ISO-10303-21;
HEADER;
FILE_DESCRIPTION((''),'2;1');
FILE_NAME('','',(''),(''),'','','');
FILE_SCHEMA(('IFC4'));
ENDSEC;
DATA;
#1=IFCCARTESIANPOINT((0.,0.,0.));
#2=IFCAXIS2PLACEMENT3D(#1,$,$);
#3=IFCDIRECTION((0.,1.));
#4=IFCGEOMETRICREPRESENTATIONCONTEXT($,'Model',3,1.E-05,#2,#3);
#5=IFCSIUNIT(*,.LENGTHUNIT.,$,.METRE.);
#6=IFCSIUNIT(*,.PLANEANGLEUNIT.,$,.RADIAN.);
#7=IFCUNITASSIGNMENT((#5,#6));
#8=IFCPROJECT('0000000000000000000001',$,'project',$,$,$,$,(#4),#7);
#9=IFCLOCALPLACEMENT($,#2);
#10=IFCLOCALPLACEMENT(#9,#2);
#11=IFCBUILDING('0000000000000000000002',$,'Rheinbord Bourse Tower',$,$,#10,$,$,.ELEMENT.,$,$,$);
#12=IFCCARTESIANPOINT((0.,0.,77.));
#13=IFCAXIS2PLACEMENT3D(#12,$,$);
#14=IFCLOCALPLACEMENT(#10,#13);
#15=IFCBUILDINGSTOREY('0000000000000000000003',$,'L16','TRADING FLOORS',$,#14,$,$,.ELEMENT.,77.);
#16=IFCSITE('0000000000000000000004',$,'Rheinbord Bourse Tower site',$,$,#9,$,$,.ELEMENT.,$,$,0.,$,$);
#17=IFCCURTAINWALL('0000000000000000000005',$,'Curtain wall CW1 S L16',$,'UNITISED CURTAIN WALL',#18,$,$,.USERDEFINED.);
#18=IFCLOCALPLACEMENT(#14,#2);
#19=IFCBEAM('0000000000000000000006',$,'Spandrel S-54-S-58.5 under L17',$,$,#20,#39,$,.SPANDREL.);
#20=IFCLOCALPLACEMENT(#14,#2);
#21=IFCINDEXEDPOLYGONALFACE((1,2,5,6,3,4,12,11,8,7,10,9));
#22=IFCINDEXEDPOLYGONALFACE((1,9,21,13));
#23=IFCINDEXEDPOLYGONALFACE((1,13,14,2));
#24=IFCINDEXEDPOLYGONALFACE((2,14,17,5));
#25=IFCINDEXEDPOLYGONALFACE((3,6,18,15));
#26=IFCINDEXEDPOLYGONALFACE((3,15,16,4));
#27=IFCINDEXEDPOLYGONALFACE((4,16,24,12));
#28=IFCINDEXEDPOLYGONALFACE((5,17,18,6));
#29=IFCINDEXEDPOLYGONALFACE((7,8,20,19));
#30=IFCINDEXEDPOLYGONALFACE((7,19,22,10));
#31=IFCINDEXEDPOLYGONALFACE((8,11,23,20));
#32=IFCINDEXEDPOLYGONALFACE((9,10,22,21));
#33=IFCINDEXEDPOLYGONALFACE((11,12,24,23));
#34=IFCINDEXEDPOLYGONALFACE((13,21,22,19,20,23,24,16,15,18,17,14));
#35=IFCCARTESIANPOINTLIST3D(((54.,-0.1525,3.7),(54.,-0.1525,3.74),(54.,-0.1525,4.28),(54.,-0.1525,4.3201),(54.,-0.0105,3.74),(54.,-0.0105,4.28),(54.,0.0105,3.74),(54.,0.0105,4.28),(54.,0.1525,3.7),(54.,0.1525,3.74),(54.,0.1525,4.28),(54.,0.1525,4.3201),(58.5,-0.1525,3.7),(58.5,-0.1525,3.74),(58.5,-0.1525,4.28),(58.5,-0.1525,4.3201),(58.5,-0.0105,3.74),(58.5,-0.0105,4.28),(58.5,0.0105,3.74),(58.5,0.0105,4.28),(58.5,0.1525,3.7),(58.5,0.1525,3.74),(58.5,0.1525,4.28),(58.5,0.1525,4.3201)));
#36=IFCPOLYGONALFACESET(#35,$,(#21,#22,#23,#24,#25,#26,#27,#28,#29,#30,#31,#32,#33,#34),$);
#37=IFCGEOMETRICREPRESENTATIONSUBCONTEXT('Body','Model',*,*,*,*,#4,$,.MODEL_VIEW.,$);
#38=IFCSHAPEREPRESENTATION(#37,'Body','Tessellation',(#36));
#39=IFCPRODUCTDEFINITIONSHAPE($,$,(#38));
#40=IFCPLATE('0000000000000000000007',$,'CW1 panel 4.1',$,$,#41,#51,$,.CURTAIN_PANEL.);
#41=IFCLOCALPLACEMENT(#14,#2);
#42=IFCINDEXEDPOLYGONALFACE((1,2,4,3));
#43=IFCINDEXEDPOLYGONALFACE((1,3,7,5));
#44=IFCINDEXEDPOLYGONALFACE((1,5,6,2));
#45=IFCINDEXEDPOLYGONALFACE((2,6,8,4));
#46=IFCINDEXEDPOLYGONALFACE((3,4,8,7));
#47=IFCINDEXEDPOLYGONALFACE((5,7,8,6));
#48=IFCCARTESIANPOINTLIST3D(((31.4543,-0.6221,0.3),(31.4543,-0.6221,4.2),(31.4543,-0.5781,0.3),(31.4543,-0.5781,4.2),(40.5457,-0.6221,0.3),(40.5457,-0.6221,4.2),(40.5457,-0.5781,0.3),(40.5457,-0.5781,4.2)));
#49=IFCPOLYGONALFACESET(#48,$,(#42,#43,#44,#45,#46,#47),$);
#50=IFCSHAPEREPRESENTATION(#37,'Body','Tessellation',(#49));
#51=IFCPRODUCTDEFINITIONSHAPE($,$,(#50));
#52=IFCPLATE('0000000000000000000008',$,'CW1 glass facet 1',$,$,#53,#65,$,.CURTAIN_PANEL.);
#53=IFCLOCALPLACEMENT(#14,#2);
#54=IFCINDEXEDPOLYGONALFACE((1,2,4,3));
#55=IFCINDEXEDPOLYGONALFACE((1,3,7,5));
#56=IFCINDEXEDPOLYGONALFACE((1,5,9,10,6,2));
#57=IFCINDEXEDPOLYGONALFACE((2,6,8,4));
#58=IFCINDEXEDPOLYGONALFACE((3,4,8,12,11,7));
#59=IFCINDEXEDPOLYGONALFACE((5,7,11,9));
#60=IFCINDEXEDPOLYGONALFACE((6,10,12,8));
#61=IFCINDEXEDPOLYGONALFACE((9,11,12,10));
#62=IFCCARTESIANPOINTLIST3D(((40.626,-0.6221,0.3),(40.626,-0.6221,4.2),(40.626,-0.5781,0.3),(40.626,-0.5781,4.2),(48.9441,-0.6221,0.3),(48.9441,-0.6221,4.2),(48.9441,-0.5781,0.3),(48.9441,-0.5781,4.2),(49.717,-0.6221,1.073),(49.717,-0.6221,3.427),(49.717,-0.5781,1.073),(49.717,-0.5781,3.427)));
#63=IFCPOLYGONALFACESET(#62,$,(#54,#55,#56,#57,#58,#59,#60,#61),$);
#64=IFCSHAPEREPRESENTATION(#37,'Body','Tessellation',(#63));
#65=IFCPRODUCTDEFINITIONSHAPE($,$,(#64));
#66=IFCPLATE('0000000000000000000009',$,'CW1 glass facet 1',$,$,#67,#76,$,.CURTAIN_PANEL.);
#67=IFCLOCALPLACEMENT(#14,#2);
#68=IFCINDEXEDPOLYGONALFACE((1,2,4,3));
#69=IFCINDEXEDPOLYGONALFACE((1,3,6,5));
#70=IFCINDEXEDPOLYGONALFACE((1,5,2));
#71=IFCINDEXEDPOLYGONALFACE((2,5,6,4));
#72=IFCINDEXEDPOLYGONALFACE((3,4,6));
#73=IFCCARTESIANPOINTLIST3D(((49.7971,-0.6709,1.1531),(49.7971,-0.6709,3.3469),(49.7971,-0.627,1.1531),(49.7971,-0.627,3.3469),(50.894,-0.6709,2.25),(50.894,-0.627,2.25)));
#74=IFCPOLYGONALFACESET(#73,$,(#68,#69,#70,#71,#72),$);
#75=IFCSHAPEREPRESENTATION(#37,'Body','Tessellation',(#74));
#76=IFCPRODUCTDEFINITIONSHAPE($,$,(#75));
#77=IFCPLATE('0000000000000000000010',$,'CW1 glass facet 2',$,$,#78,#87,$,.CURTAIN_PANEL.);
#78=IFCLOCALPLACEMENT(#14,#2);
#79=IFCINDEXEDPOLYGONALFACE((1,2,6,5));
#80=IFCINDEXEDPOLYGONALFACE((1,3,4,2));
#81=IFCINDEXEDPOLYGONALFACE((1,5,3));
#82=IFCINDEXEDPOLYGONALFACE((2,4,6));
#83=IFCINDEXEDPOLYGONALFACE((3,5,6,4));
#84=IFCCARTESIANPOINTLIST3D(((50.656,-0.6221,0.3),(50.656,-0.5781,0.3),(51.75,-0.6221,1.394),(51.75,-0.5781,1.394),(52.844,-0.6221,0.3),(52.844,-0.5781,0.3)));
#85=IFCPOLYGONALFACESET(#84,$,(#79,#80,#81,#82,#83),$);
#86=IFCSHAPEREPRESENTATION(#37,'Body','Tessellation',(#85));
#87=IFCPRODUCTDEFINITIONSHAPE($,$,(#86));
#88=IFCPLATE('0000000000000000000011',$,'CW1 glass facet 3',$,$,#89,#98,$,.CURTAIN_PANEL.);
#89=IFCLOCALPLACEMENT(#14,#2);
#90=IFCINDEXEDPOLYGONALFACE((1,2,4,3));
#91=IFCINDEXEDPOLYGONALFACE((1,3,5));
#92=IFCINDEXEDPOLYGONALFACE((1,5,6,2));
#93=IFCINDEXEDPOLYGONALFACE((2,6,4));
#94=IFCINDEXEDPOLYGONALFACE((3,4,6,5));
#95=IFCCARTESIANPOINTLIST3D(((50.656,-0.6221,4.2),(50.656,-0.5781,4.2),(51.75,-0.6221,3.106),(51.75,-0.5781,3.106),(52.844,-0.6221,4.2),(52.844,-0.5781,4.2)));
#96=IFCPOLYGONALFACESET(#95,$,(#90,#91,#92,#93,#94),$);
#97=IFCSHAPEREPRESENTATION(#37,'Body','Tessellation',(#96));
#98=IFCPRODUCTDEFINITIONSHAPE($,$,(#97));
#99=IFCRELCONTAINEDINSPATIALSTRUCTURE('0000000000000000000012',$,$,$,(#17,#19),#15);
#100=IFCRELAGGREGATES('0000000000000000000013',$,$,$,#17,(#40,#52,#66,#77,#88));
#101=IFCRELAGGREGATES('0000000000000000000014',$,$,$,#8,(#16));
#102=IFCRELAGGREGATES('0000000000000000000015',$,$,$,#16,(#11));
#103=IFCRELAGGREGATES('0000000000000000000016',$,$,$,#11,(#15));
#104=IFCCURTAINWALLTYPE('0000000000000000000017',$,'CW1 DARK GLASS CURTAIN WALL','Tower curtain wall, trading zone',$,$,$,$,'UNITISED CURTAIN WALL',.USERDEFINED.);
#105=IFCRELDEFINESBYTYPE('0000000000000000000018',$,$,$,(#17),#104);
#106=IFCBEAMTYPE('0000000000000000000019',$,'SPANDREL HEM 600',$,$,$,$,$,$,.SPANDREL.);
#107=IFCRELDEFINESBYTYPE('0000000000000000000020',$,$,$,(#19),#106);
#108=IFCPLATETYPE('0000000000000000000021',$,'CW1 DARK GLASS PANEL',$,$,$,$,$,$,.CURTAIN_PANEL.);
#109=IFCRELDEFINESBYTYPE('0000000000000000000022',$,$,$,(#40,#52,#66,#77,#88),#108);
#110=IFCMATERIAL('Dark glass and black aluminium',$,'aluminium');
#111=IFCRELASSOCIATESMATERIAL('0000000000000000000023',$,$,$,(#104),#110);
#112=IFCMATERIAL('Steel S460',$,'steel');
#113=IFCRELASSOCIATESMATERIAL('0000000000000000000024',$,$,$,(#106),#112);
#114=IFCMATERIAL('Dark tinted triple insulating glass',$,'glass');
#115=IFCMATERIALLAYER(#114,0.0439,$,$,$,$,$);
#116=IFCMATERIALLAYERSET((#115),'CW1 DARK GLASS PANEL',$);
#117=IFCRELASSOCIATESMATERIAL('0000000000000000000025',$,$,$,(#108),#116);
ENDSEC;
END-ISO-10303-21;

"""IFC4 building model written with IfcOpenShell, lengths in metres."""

from ifc_helpers import new_model, si_unit, direction, frame, origin, origin_2d, place, context, subcontext, project, spatial, polyline, rectangle, i_section, outline, extrude, material, layer, layer_set, material_profile, profile_set, type_object, element, aggregate, save


model = new_model("IFC4")

# Units and contexts
model_context = context("Model", 3, precision=1e-05, world=origin(), true_north=direction((0.0, 1.0)))
body_context = subcontext(model_context, "Body", "Model", "MODEL_VIEW")
ifc_project = project(units=[si_unit("LENGTHUNIT", "METRE"), si_unit("PLANEANGLEUNIT", "RADIAN")], contexts=[model_context])

# Site, building, storey
site_placement = place(None, origin())
site = spatial("IfcSite", under=ifc_project, at=site_placement, Name="Rheinbord Bourse Tower site", CompositionType="ELEMENT", RefElevation=0.0)
building_placement = place(site_placement, origin())
building = spatial("IfcBuilding", under=site, at=building_placement, Name="Rheinbord Bourse Tower", CompositionType="ELEMENT")
storey_placement = place(building_placement, frame((0.0, 0.0, 77.0)))
storey = spatial("IfcBuildingStorey", under=building, at=storey_placement, Name="L16", Description="TRADING FLOORS", CompositionType="ELEMENT", Elevation=77.0)

# Curtain wall
ifc_material_1 = material(Name="Dark glass and black aluminium", Category="aluminium")
curtain_wall_type = type_object("IfcCurtainWallType", Name="CW1 DARK GLASS CURTAIN WALL", Description="Tower curtain wall, trading zone", ElementType="UNITISED CURTAIN WALL", PredefinedType="USERDEFINED", material=ifc_material_1)
curtain_wall_placement = place(storey_placement, origin())
curtain_wall = element("IfcCurtainWall", 1, at=curtain_wall_placement, inside=storey, type_object=curtain_wall_type, Name="Curtain wall CW1 S L16", ObjectType="UNITISED CURTAIN WALL", PredefinedType="USERDEFINED")

# Beam
ifc_material_2 = material(Name="Steel S460", Category="steel")
ifc_material_profile_1 = material_profile(ifc_material_2, i_section(OverallWidth=0.3049, OverallDepth=0.6201, WebThickness=0.021, FlangeThickness=0.04, at=origin_2d()), Name="HEM 600")
ifc_profile_set_1 = profile_set([ifc_material_profile_1], Name="Steel S460")
beam_type_1 = type_object("IfcBeamType", Name="SPANDREL HEM 600", PredefinedType="SPANDREL", material=ifc_profile_set_1)
for number, where, z_axis, x_axis, name in (
    (2, (54.0, 0.0, 4.01), (1.0, 0.0, 0.0), (0.0, 1.0, 0.0), "Spandrel S-54-S-58.5 under L17"),
):
    element("IfcBeam", number, at=place(storey_placement, frame(where, z_axis=z_axis, x_axis=x_axis)), inside=storey, type_object=beam_type_1, Name=name, PredefinedType="SPANDREL", context=body_context, shape_type="SweptSolid", body=[
        extrude(i_section(OverallWidth=0.3049, OverallDepth=0.6201, WebThickness=0.021, FlangeThickness=0.04, at=origin_2d()), origin(), (0.0, 0.0, 1.0), 4.5),
    ])

# Plates
ifc_material_3 = material(Name="Dark tinted triple insulating glass", Category="glass")
ifc_layer = layer(ifc_material_3, 0.0439)
ifc_layer_set = layer_set([ifc_layer], Name="CW1 DARK GLASS PANEL")
plate_type = type_object("IfcPlateType", Name="CW1 DARK GLASS PANEL", PredefinedType="CURTAIN_PANEL", material=ifc_layer_set)
plate_1_placement = place(storey_placement, frame((36.0, -0.6001, 0.3), z_axis=(0.0, 0.0, 1.0), x_axis=(1.0, 0.0, 0.0)))
plate_1 = element("IfcPlate", 3, at=plate_1_placement, type_object=plate_type, Name="CW1 panel 4.1", PredefinedType="CURTAIN_PANEL", context=body_context, shape_type="SweptSolid", body=[
    extrude(rectangle(XDim=9.0913, YDim=0.0439, at=origin_2d()), origin(), (0.0, 0.0, 1.0), 3.8999),
])
plate_2_placement = place(storey_placement, frame((40.626, -0.6221, 0.3), z_axis=(0.0, 1.0, 0.0), x_axis=(0.0, 0.0, 1.0)))
plate_2 = element("IfcPlate", 4, at=plate_2_placement, type_object=plate_type, Name="CW1 glass facet 1", PredefinedType="CURTAIN_PANEL", context=body_context, shape_type="SweptSolid", body=[
    extrude(outline(polyline([(0.0, 0.0), (3.8999, 0.0), (3.8999, 8.3181), (3.127, 9.0911), (0.7729, 9.0911), (0.0, 8.3181), (0.0, 0.0)])), origin(), (0.0, 0.0, 1.0), 0.0439),
])
plate_3_placement = place(storey_placement, frame((49.7971, -0.6709, 3.3469), z_axis=(0.0, 1.0, 0.0), x_axis=(0.707107, 0.0, -0.707107)))
plate_3 = element("IfcPlate", 5, at=plate_3_placement, type_object=plate_type, Name="CW1 glass facet 1", PredefinedType="CURTAIN_PANEL", context=body_context, shape_type="SweptSolid", body=[
    extrude(outline(polyline([(0.0, 0.0), (1.5513, 0.0), (1.5513, 1.5513), (0.0, 0.0)])), origin(), (0.0, 0.0, 1.0), 0.0439),
])
plate_4_placement = place(storey_placement, frame((50.656, -0.6221, 0.3), z_axis=(0.0, 1.0, 0.0), x_axis=(0.707107, 0.0, 0.707107)))
plate_4 = element("IfcPlate", 6, at=plate_4_placement, type_object=plate_type, Name="CW1 glass facet 2", PredefinedType="CURTAIN_PANEL", context=body_context, shape_type="SweptSolid", body=[
    extrude(outline(polyline([(0.0, 0.0), (1.5471, 0.0), (1.5471, 1.5471), (0.0, 0.0)])), origin(), (0.0, 0.0, 1.0), 0.0439),
])
plate_5_placement = place(storey_placement, frame((52.844, -0.6221, 4.2), z_axis=(0.0, 1.0, 0.0), x_axis=(-0.707107, 0.0, -0.707107)))
plate_5 = element("IfcPlate", 7, at=plate_5_placement, type_object=plate_type, Name="CW1 glass facet 3", PredefinedType="CURTAIN_PANEL", context=body_context, shape_type="SweptSolid", body=[
    extrude(outline(polyline([(0.0, 0.0), (1.5471, 0.0), (1.5471, 1.5471), (0.0, 0.0)])), origin(), (0.0, 0.0, 1.0), 0.0439),
])
aggregate(curtain_wall, [plate_1, plate_2, plate_3, plate_4, plate_5])

save(model, "model.ifc")
